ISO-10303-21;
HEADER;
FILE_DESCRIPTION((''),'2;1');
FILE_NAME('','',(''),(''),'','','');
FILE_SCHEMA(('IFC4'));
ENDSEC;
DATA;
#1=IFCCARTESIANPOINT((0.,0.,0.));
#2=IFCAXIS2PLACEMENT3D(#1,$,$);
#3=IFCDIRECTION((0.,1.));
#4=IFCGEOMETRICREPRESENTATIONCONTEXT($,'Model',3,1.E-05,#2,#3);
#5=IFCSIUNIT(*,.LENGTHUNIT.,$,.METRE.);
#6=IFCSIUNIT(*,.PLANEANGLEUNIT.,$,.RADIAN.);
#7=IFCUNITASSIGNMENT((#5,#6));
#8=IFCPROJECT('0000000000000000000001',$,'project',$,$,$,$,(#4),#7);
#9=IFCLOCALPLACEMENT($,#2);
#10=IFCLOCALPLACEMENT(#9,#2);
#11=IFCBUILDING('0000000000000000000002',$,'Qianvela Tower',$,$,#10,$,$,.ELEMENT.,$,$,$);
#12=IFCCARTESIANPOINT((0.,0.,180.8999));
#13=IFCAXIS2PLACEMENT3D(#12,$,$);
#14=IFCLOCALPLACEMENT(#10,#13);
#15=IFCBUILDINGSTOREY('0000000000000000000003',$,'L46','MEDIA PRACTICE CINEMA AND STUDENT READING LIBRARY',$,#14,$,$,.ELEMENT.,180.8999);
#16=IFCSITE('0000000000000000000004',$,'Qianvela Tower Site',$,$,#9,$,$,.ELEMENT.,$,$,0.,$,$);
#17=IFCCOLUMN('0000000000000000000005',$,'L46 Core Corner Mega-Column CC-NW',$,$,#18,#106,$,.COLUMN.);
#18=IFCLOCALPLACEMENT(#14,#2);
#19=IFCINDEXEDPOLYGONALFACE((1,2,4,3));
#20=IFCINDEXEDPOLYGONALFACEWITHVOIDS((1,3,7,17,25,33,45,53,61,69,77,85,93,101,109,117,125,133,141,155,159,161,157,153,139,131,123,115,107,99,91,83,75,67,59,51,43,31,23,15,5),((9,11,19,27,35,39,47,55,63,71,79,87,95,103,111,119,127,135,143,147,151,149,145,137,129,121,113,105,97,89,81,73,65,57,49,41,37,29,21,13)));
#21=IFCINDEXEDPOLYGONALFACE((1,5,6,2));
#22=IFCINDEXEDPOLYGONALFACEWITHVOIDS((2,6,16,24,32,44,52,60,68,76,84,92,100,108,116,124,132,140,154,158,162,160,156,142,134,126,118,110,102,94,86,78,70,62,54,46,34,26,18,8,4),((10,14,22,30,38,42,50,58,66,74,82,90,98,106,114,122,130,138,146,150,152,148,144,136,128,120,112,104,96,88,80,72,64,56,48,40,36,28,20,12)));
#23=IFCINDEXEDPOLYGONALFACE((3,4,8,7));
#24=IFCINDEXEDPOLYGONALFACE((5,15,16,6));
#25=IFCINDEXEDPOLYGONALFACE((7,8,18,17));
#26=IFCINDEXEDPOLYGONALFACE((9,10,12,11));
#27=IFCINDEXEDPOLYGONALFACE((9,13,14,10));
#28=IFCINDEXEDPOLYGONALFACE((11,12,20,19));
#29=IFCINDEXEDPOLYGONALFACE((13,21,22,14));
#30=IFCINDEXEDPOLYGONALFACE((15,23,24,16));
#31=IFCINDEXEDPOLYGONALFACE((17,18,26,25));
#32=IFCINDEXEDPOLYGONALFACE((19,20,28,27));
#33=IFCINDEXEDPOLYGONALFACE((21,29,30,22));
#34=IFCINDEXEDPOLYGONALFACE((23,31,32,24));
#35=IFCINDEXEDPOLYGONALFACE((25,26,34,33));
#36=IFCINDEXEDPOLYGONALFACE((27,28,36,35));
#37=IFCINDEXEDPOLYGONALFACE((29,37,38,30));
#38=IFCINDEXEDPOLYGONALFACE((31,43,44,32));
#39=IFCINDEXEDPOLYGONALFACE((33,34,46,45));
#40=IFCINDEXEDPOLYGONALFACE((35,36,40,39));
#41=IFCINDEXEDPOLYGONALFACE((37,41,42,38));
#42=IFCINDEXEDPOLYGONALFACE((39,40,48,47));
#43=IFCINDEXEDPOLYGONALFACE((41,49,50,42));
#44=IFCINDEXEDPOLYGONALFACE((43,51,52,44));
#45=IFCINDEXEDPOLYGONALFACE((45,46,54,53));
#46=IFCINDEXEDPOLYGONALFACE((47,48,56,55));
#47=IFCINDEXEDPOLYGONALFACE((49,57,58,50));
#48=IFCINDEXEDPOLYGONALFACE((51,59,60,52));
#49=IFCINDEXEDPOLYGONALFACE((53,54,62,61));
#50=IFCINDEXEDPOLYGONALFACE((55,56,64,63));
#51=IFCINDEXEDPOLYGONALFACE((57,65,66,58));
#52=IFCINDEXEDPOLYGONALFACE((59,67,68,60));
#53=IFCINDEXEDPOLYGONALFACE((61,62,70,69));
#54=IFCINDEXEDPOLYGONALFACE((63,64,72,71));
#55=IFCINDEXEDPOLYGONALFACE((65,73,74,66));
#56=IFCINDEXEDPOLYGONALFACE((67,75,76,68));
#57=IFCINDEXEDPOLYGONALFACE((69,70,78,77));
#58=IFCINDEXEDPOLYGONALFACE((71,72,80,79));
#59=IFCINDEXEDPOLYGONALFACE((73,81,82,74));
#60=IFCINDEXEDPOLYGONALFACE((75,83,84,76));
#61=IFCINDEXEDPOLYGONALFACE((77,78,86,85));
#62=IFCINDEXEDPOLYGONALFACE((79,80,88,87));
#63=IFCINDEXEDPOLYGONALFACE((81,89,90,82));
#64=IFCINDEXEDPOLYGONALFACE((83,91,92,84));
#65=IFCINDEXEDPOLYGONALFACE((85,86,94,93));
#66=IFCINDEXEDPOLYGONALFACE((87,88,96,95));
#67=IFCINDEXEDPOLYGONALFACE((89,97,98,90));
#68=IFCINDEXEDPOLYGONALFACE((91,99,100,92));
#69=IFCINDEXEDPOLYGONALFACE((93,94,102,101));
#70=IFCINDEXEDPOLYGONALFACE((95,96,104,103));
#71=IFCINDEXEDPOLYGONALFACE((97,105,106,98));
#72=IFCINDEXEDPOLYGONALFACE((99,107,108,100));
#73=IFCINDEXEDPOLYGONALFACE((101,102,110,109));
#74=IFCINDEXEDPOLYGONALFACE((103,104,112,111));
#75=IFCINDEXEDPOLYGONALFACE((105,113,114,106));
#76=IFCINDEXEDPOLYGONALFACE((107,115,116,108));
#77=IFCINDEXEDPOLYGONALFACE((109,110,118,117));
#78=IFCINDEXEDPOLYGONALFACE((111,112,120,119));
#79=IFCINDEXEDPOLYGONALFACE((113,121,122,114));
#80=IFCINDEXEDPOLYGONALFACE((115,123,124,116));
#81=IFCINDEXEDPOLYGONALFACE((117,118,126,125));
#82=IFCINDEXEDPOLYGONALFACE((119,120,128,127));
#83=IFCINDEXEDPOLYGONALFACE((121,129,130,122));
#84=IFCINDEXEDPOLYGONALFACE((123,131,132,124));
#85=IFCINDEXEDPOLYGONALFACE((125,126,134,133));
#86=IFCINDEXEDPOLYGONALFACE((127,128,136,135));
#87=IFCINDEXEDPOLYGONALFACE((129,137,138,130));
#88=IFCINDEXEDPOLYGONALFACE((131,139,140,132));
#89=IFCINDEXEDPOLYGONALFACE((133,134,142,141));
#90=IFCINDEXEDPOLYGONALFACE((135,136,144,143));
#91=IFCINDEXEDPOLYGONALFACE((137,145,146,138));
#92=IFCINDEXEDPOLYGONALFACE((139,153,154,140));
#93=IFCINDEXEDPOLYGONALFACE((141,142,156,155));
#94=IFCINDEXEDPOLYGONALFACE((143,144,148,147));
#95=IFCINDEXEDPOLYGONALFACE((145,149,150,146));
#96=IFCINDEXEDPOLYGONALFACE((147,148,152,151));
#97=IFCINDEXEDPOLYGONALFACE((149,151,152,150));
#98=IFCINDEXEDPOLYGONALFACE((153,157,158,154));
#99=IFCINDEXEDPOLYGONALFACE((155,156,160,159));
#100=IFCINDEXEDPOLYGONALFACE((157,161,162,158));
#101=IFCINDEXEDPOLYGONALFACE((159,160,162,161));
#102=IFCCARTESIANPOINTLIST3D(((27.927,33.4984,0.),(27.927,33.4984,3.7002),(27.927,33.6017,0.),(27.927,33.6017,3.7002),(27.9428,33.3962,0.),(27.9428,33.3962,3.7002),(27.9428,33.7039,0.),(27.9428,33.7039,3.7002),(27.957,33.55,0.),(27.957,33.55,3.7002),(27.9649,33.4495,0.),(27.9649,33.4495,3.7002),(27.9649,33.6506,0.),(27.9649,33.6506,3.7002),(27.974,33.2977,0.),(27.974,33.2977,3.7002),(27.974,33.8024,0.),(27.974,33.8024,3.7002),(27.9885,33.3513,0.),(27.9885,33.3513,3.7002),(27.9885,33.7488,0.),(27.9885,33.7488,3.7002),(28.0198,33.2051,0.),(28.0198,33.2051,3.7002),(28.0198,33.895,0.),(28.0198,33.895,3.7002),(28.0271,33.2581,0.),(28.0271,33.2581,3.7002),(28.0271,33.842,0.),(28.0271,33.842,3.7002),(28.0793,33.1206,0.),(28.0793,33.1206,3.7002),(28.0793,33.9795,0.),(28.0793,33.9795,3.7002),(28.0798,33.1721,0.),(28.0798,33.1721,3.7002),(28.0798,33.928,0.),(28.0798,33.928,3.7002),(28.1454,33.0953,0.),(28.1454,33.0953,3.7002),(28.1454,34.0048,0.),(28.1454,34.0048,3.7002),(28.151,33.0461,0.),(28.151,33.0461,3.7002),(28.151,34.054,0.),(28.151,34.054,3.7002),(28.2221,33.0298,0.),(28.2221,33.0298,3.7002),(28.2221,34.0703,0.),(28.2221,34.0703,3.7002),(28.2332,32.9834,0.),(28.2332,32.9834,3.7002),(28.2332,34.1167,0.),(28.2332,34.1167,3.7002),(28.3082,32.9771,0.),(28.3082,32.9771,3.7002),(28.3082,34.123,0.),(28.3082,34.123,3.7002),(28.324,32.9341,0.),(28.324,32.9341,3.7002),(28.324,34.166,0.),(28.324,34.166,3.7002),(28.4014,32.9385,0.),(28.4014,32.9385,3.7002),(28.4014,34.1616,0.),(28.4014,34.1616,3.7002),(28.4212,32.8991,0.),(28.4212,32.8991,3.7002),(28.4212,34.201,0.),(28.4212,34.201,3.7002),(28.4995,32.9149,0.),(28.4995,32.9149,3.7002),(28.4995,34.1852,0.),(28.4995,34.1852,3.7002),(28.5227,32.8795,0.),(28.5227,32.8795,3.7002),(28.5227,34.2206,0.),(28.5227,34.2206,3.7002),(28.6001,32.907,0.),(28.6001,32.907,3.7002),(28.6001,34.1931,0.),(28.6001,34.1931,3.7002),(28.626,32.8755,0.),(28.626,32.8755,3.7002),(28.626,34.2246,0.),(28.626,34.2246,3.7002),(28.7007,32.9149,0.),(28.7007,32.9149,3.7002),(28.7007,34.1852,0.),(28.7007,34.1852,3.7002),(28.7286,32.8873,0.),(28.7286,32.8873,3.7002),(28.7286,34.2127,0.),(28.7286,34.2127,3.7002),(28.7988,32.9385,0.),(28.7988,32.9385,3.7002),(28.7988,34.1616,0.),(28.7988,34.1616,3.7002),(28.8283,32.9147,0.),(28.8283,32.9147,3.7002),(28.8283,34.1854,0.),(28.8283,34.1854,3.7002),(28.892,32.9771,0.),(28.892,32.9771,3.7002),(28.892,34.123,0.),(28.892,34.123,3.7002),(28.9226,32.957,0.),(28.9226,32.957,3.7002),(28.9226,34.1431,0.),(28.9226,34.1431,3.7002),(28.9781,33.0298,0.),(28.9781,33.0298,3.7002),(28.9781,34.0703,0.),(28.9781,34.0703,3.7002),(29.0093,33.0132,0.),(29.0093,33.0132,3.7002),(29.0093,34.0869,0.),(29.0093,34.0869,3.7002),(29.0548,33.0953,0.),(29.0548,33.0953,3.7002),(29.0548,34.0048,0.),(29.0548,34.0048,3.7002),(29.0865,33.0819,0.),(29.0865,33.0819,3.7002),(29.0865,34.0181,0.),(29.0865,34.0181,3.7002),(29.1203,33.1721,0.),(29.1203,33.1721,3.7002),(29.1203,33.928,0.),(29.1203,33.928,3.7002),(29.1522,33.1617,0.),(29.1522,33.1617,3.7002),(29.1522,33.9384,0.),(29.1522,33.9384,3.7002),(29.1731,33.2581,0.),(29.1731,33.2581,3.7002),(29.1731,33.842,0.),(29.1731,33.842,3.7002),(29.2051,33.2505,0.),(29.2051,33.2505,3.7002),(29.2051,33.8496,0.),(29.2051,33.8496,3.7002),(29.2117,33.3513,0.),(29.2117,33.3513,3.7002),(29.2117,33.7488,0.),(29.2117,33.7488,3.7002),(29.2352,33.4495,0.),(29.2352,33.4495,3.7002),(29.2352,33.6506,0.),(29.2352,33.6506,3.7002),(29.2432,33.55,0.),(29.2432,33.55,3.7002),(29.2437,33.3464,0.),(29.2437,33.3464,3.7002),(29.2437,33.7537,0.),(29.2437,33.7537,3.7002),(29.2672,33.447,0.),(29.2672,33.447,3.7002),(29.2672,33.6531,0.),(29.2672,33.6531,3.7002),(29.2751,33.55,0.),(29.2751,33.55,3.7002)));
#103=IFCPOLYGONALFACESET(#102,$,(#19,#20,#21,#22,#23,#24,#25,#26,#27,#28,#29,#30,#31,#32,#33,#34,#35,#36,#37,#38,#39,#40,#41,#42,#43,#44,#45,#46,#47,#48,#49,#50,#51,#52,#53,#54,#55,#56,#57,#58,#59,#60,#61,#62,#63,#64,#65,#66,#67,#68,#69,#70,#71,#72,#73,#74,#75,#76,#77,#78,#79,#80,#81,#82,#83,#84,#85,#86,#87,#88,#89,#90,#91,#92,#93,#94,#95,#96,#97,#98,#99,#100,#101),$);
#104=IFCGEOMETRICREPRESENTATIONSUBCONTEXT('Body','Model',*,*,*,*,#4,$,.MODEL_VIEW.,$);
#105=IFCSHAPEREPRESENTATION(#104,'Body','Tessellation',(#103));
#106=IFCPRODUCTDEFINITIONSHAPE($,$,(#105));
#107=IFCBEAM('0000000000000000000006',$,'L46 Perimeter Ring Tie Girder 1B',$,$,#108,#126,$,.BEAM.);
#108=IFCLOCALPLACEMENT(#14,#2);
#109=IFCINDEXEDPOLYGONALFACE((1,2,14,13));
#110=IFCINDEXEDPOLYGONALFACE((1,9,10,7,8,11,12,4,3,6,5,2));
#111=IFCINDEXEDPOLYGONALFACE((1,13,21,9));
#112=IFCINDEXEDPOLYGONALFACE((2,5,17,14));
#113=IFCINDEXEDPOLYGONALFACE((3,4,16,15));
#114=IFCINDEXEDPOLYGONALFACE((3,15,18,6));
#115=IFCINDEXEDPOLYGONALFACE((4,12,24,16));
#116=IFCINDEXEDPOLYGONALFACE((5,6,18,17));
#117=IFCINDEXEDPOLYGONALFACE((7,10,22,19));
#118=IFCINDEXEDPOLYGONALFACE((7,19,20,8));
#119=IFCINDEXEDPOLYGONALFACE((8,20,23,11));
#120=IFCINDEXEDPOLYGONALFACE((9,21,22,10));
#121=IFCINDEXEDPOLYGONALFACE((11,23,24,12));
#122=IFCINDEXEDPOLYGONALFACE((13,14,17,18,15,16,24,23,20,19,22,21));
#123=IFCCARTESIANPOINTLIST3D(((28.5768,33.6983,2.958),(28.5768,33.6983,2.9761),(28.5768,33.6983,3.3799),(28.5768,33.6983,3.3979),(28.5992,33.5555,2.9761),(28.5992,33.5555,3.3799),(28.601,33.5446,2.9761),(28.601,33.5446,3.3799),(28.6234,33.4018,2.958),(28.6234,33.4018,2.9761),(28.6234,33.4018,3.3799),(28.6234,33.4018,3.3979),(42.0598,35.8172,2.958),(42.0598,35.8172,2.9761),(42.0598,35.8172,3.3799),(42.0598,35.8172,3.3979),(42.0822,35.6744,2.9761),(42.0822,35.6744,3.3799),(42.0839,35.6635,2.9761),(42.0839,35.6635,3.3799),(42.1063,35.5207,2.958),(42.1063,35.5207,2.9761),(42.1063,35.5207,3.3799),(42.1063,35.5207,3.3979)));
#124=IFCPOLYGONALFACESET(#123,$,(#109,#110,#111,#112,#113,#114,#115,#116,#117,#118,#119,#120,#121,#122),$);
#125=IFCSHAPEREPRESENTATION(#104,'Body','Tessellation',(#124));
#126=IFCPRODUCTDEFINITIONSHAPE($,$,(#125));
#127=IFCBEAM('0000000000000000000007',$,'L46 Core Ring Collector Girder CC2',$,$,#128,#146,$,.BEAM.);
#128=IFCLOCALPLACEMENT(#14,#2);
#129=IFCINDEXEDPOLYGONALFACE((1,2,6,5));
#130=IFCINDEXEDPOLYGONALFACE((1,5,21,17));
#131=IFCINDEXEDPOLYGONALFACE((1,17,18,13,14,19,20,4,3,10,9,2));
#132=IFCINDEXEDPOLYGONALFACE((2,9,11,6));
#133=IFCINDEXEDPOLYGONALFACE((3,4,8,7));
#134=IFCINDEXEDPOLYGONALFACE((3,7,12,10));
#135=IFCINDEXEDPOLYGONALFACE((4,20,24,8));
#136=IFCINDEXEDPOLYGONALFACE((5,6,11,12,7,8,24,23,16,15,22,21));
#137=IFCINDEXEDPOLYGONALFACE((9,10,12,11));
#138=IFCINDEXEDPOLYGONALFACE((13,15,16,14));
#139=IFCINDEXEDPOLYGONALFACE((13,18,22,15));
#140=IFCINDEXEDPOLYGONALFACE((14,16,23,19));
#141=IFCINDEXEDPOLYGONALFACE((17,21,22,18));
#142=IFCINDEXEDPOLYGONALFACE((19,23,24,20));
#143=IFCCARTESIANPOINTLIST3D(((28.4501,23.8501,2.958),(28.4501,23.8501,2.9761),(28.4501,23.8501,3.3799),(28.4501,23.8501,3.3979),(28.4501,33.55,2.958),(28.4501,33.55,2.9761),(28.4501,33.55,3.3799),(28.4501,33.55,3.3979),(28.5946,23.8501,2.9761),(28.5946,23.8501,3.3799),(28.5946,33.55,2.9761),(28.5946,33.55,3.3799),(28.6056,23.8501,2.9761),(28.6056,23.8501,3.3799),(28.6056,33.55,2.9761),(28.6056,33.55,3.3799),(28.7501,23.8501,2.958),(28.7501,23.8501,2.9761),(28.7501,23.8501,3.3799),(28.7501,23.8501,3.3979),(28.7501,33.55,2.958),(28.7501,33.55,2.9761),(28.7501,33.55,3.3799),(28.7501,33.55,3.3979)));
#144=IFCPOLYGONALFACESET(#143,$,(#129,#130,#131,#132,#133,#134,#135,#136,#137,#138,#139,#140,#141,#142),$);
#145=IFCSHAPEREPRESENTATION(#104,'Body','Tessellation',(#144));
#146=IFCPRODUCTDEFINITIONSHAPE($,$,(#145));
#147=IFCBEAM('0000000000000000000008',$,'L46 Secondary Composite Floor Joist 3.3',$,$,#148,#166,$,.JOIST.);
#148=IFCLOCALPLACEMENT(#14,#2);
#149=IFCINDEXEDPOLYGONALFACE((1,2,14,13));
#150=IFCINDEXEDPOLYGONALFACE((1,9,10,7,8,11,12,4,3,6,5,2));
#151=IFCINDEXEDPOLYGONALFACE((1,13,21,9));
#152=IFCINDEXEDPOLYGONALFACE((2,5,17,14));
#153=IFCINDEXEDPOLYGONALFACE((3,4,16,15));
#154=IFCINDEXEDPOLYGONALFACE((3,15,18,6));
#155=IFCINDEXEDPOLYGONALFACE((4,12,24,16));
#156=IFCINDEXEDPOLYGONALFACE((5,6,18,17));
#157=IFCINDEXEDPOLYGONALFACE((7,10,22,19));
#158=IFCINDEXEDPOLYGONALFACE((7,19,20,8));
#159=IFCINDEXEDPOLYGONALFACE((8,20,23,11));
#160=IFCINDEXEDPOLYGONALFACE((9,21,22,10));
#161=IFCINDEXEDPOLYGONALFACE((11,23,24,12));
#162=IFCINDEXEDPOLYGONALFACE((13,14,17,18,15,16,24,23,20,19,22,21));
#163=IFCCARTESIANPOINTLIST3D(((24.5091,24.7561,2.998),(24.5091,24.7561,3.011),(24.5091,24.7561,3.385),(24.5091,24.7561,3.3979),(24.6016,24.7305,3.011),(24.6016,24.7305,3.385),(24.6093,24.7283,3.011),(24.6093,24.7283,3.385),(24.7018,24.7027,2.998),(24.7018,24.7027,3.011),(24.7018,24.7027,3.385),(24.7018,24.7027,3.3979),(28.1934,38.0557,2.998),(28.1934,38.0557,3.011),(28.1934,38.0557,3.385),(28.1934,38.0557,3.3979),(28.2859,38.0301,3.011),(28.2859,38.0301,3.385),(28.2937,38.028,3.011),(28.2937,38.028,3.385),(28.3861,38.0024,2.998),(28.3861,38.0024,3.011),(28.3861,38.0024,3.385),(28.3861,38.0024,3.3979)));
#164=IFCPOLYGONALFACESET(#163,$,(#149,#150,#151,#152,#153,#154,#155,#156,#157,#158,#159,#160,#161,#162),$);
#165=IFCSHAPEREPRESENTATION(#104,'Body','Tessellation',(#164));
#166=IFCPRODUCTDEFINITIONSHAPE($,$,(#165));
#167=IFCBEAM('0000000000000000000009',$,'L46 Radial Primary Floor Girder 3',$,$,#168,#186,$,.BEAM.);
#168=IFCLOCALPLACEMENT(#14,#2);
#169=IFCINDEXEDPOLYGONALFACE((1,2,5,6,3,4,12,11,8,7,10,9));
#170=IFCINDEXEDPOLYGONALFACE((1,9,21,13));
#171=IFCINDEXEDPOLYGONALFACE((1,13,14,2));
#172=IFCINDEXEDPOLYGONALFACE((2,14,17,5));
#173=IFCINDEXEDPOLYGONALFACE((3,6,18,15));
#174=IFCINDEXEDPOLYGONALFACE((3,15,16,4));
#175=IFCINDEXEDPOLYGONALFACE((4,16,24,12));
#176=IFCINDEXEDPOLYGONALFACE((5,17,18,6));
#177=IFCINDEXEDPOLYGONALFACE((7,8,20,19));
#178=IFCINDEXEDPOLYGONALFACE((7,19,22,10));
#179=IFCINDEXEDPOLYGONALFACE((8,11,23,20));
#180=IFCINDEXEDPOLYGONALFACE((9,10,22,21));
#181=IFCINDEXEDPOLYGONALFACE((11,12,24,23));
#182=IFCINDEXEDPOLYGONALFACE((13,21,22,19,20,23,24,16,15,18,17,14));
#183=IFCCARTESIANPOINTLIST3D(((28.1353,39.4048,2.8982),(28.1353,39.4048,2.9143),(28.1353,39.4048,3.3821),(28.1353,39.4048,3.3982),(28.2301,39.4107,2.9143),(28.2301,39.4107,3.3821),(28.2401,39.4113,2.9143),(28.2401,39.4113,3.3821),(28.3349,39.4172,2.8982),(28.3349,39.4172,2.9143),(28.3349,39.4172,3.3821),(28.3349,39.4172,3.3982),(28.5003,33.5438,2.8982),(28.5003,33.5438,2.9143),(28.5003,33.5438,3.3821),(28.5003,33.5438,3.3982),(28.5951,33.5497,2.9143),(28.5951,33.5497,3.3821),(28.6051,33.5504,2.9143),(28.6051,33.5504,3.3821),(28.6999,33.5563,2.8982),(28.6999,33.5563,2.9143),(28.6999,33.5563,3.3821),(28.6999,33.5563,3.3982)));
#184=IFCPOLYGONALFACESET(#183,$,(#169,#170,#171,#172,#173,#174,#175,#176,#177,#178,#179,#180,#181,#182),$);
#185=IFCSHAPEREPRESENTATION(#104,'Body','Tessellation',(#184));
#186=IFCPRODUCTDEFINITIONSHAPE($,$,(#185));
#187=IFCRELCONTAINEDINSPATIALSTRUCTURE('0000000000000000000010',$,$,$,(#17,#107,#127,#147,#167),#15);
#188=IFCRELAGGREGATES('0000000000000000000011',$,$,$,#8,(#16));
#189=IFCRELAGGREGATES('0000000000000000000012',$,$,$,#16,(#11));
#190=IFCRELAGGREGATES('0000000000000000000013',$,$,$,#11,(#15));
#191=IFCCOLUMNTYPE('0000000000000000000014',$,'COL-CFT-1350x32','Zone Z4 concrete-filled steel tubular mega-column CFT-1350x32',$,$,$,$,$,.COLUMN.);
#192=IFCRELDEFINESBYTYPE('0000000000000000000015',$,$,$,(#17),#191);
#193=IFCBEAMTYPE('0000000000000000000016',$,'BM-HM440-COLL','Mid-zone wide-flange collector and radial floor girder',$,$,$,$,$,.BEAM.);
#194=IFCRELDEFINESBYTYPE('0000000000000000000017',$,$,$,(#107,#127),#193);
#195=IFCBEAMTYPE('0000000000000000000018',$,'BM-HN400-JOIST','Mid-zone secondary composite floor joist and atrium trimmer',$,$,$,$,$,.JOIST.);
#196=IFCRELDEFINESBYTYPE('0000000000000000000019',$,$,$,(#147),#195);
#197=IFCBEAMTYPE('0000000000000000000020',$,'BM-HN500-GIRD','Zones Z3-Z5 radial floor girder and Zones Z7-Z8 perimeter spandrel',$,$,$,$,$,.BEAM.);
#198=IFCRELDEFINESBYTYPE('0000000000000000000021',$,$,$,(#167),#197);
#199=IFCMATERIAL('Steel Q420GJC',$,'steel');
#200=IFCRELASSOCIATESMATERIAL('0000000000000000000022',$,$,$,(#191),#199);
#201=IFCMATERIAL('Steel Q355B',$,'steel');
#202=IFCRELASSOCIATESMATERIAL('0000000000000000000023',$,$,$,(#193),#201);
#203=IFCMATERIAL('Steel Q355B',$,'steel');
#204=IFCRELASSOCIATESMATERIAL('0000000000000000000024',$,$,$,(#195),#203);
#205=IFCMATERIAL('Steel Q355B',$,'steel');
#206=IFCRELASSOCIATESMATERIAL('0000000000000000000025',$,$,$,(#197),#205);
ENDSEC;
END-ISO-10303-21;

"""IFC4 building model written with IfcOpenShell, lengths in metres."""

from ifc_helpers import new_model, si_unit, direction, frame, origin, origin_2d, place, context, subcontext, project, spatial, hollow_circle, i_section, extrude, material, material_profile, profile_set, type_object, element, save


model = new_model("IFC4")

# Units and contexts
model_context = context("Model", 3, precision=1e-05, world=origin(), true_north=direction((0.0, 1.0)))
body_context = subcontext(model_context, "Body", "Model", "MODEL_VIEW")
ifc_project = project(units=[si_unit("LENGTHUNIT", "METRE"), si_unit("PLANEANGLEUNIT", "RADIAN")], contexts=[model_context])

# Site, building, storey
site_placement = place(None, origin())
site = spatial("IfcSite", under=ifc_project, at=site_placement, Name="Qianvela Tower Site", CompositionType="ELEMENT", RefElevation=0.0)
building_placement = place(site_placement, origin())
building = spatial("IfcBuilding", under=site, at=building_placement, Name="Qianvela Tower", CompositionType="ELEMENT")
storey_placement = place(building_placement, frame((0.0, 0.0, 180.8999)))
storey = spatial("IfcBuildingStorey", under=building, at=storey_placement, Name="L46", Description="MEDIA PRACTICE CINEMA AND STUDENT READING LIBRARY", CompositionType="ELEMENT", Elevation=180.8999)

# Column
ifc_material_1 = material(Name="Steel Q420GJC", Category="steel")
ifc_material_profile_1 = material_profile(ifc_material_1, hollow_circle(Radius=0.675, WallThickness=0.032, at=origin_2d()), Name="CFT-1350x32")
ifc_profile_set_1 = profile_set([ifc_material_profile_1], Name="Steel Q420GJC")
column_type = type_object("IfcColumnType", Name="COL-CFT-1350x32", Description="Zone Z4 concrete-filled steel tubular mega-column CFT-1350x32", PredefinedType="COLUMN", material=ifc_profile_set_1)
column_placement = place(storey_placement, frame((28.6001, 33.55, 0.0), z_axis=(0.0, 0.0, 1.0), x_axis=(1.0, 0.0, 0.0)))
element("IfcColumn", 1, at=column_placement, inside=storey, type_object=column_type, Name="L46 Core Corner Mega-Column CC-NW", PredefinedType="COLUMN", context=body_context, shape_type="SweptSolid", body=[
    extrude(hollow_circle(Radius=0.675, WallThickness=0.032, at=origin_2d()), origin(), (0.0, 0.0, 1.0), 3.7002),
])

# Beams
ifc_material_2 = material(Name="Steel Q355B", Category="steel")
ifc_material_profile_2 = material_profile(ifc_material_2, i_section(OverallWidth=0.3, OverallDepth=0.4399, WebThickness=0.011, FlangeThickness=0.0181, at=origin_2d()), Name="HM440x300x11x18")
ifc_profile_set_2 = profile_set([ifc_material_profile_2], Name="Steel Q355B")
beam_type_1 = type_object("IfcBeamType", Name="BM-HM440-COLL", Description="Mid-zone wide-flange collector and radial floor girder", PredefinedType="BEAM", material=ifc_profile_set_2)
beam_1_placement = place(storey_placement, frame((28.6001, 33.55, 3.178), z_axis=(0.987875, 0.155249, 0.0), x_axis=(-0.155249, 0.987875, 0.0)))
element("IfcBeam", 2, at=beam_1_placement, inside=storey, type_object=beam_type_1, Name="L46 Perimeter Ring Tie Girder 1B", PredefinedType="BEAM", context=body_context, shape_type="SweptSolid", body=[
    extrude(i_section(OverallWidth=0.3, OverallDepth=0.4399, WebThickness=0.011, FlangeThickness=0.0181, at=origin_2d()), origin(), (0.0, 0.0, 1.0), 13.6484),
])
beam_2_placement = place(storey_placement, frame((28.6001, 33.55, 3.178), z_axis=(0.0, -1.0, 0.0), x_axis=(1.0, 0.0, 0.0)))
element("IfcBeam", 3, at=beam_2_placement, inside=storey, type_object=beam_type_1, Name="L46 Core Ring Collector Girder CC2", PredefinedType="BEAM", context=body_context, shape_type="SweptSolid", body=[
    extrude(i_section(OverallWidth=0.3, OverallDepth=0.4399, WebThickness=0.011, FlangeThickness=0.0181, at=origin_2d()), origin(), (0.0, 0.0, 1.0), 9.7),
])
ifc_material_3 = material(Name="Steel Q355B", Category="steel")
ifc_material_profile_3 = material_profile(ifc_material_3, i_section(OverallWidth=0.2, OverallDepth=0.3999, WebThickness=0.0081, FlangeThickness=0.0129, at=origin_2d()), Name="HN400x200x8x13")
ifc_profile_set_3 = profile_set([ifc_material_profile_3], Name="Steel Q355B")
beam_type_2 = type_object("IfcBeamType", Name="BM-HN400-JOIST", Description="Mid-zone secondary composite floor joist and atrium trimmer", PredefinedType="JOIST", material=ifc_profile_set_3)
beam_3_placement = place(storey_placement, frame((28.2898, 38.0291, 3.198), z_axis=(-0.266971, -0.963704, 0.0), x_axis=(0.963704, -0.266971, 0.0)))
element("IfcBeam", 4, at=beam_3_placement, inside=storey, type_object=beam_type_2, Name="L46 Secondary Composite Floor Joist 3.3", PredefinedType="JOIST", context=body_context, shape_type="SweptSolid", body=[
    extrude(i_section(OverallWidth=0.2, OverallDepth=0.3999, WebThickness=0.0081, FlangeThickness=0.0129, at=origin_2d()), origin(), (0.0, 0.0, 1.0), 13.8005),
])
ifc_material_4 = material(Name="Steel Q355B", Category="steel")
ifc_material_profile_4 = material_profile(ifc_material_4, i_section(OverallWidth=0.2, OverallDepth=0.5, WebThickness=0.01, FlangeThickness=0.0161, at=origin_2d()), Name="HN500x200x10x16")
ifc_profile_set_4 = profile_set([ifc_material_profile_4], Name="Steel Q355B")
beam_type_3 = type_object("IfcBeamType", Name="BM-HN500-GIRD", Description="Zones Z3-Z5 radial floor girder and Zones Z7-Z8 perimeter spandrel", PredefinedType="BEAM", material=ifc_profile_set_4)
beam_4_placement = place(storey_placement, frame((28.6001, 33.55, 3.1482), z_axis=(-0.062156, 0.998066, 0.0), x_axis=(-0.998066, -0.062156, 0.0)))
element("IfcBeam", 5, at=beam_4_placement, inside=storey, type_object=beam_type_3, Name="L46 Radial Primary Floor Girder 3", PredefinedType="BEAM", context=body_context, shape_type="SweptSolid", body=[
    extrude(i_section(OverallWidth=0.2, OverallDepth=0.5, WebThickness=0.01, FlangeThickness=0.0161, at=origin_2d()), origin(), (0.0, 0.0, 1.0), 5.8723),
])

save(model, "model.ifc")
